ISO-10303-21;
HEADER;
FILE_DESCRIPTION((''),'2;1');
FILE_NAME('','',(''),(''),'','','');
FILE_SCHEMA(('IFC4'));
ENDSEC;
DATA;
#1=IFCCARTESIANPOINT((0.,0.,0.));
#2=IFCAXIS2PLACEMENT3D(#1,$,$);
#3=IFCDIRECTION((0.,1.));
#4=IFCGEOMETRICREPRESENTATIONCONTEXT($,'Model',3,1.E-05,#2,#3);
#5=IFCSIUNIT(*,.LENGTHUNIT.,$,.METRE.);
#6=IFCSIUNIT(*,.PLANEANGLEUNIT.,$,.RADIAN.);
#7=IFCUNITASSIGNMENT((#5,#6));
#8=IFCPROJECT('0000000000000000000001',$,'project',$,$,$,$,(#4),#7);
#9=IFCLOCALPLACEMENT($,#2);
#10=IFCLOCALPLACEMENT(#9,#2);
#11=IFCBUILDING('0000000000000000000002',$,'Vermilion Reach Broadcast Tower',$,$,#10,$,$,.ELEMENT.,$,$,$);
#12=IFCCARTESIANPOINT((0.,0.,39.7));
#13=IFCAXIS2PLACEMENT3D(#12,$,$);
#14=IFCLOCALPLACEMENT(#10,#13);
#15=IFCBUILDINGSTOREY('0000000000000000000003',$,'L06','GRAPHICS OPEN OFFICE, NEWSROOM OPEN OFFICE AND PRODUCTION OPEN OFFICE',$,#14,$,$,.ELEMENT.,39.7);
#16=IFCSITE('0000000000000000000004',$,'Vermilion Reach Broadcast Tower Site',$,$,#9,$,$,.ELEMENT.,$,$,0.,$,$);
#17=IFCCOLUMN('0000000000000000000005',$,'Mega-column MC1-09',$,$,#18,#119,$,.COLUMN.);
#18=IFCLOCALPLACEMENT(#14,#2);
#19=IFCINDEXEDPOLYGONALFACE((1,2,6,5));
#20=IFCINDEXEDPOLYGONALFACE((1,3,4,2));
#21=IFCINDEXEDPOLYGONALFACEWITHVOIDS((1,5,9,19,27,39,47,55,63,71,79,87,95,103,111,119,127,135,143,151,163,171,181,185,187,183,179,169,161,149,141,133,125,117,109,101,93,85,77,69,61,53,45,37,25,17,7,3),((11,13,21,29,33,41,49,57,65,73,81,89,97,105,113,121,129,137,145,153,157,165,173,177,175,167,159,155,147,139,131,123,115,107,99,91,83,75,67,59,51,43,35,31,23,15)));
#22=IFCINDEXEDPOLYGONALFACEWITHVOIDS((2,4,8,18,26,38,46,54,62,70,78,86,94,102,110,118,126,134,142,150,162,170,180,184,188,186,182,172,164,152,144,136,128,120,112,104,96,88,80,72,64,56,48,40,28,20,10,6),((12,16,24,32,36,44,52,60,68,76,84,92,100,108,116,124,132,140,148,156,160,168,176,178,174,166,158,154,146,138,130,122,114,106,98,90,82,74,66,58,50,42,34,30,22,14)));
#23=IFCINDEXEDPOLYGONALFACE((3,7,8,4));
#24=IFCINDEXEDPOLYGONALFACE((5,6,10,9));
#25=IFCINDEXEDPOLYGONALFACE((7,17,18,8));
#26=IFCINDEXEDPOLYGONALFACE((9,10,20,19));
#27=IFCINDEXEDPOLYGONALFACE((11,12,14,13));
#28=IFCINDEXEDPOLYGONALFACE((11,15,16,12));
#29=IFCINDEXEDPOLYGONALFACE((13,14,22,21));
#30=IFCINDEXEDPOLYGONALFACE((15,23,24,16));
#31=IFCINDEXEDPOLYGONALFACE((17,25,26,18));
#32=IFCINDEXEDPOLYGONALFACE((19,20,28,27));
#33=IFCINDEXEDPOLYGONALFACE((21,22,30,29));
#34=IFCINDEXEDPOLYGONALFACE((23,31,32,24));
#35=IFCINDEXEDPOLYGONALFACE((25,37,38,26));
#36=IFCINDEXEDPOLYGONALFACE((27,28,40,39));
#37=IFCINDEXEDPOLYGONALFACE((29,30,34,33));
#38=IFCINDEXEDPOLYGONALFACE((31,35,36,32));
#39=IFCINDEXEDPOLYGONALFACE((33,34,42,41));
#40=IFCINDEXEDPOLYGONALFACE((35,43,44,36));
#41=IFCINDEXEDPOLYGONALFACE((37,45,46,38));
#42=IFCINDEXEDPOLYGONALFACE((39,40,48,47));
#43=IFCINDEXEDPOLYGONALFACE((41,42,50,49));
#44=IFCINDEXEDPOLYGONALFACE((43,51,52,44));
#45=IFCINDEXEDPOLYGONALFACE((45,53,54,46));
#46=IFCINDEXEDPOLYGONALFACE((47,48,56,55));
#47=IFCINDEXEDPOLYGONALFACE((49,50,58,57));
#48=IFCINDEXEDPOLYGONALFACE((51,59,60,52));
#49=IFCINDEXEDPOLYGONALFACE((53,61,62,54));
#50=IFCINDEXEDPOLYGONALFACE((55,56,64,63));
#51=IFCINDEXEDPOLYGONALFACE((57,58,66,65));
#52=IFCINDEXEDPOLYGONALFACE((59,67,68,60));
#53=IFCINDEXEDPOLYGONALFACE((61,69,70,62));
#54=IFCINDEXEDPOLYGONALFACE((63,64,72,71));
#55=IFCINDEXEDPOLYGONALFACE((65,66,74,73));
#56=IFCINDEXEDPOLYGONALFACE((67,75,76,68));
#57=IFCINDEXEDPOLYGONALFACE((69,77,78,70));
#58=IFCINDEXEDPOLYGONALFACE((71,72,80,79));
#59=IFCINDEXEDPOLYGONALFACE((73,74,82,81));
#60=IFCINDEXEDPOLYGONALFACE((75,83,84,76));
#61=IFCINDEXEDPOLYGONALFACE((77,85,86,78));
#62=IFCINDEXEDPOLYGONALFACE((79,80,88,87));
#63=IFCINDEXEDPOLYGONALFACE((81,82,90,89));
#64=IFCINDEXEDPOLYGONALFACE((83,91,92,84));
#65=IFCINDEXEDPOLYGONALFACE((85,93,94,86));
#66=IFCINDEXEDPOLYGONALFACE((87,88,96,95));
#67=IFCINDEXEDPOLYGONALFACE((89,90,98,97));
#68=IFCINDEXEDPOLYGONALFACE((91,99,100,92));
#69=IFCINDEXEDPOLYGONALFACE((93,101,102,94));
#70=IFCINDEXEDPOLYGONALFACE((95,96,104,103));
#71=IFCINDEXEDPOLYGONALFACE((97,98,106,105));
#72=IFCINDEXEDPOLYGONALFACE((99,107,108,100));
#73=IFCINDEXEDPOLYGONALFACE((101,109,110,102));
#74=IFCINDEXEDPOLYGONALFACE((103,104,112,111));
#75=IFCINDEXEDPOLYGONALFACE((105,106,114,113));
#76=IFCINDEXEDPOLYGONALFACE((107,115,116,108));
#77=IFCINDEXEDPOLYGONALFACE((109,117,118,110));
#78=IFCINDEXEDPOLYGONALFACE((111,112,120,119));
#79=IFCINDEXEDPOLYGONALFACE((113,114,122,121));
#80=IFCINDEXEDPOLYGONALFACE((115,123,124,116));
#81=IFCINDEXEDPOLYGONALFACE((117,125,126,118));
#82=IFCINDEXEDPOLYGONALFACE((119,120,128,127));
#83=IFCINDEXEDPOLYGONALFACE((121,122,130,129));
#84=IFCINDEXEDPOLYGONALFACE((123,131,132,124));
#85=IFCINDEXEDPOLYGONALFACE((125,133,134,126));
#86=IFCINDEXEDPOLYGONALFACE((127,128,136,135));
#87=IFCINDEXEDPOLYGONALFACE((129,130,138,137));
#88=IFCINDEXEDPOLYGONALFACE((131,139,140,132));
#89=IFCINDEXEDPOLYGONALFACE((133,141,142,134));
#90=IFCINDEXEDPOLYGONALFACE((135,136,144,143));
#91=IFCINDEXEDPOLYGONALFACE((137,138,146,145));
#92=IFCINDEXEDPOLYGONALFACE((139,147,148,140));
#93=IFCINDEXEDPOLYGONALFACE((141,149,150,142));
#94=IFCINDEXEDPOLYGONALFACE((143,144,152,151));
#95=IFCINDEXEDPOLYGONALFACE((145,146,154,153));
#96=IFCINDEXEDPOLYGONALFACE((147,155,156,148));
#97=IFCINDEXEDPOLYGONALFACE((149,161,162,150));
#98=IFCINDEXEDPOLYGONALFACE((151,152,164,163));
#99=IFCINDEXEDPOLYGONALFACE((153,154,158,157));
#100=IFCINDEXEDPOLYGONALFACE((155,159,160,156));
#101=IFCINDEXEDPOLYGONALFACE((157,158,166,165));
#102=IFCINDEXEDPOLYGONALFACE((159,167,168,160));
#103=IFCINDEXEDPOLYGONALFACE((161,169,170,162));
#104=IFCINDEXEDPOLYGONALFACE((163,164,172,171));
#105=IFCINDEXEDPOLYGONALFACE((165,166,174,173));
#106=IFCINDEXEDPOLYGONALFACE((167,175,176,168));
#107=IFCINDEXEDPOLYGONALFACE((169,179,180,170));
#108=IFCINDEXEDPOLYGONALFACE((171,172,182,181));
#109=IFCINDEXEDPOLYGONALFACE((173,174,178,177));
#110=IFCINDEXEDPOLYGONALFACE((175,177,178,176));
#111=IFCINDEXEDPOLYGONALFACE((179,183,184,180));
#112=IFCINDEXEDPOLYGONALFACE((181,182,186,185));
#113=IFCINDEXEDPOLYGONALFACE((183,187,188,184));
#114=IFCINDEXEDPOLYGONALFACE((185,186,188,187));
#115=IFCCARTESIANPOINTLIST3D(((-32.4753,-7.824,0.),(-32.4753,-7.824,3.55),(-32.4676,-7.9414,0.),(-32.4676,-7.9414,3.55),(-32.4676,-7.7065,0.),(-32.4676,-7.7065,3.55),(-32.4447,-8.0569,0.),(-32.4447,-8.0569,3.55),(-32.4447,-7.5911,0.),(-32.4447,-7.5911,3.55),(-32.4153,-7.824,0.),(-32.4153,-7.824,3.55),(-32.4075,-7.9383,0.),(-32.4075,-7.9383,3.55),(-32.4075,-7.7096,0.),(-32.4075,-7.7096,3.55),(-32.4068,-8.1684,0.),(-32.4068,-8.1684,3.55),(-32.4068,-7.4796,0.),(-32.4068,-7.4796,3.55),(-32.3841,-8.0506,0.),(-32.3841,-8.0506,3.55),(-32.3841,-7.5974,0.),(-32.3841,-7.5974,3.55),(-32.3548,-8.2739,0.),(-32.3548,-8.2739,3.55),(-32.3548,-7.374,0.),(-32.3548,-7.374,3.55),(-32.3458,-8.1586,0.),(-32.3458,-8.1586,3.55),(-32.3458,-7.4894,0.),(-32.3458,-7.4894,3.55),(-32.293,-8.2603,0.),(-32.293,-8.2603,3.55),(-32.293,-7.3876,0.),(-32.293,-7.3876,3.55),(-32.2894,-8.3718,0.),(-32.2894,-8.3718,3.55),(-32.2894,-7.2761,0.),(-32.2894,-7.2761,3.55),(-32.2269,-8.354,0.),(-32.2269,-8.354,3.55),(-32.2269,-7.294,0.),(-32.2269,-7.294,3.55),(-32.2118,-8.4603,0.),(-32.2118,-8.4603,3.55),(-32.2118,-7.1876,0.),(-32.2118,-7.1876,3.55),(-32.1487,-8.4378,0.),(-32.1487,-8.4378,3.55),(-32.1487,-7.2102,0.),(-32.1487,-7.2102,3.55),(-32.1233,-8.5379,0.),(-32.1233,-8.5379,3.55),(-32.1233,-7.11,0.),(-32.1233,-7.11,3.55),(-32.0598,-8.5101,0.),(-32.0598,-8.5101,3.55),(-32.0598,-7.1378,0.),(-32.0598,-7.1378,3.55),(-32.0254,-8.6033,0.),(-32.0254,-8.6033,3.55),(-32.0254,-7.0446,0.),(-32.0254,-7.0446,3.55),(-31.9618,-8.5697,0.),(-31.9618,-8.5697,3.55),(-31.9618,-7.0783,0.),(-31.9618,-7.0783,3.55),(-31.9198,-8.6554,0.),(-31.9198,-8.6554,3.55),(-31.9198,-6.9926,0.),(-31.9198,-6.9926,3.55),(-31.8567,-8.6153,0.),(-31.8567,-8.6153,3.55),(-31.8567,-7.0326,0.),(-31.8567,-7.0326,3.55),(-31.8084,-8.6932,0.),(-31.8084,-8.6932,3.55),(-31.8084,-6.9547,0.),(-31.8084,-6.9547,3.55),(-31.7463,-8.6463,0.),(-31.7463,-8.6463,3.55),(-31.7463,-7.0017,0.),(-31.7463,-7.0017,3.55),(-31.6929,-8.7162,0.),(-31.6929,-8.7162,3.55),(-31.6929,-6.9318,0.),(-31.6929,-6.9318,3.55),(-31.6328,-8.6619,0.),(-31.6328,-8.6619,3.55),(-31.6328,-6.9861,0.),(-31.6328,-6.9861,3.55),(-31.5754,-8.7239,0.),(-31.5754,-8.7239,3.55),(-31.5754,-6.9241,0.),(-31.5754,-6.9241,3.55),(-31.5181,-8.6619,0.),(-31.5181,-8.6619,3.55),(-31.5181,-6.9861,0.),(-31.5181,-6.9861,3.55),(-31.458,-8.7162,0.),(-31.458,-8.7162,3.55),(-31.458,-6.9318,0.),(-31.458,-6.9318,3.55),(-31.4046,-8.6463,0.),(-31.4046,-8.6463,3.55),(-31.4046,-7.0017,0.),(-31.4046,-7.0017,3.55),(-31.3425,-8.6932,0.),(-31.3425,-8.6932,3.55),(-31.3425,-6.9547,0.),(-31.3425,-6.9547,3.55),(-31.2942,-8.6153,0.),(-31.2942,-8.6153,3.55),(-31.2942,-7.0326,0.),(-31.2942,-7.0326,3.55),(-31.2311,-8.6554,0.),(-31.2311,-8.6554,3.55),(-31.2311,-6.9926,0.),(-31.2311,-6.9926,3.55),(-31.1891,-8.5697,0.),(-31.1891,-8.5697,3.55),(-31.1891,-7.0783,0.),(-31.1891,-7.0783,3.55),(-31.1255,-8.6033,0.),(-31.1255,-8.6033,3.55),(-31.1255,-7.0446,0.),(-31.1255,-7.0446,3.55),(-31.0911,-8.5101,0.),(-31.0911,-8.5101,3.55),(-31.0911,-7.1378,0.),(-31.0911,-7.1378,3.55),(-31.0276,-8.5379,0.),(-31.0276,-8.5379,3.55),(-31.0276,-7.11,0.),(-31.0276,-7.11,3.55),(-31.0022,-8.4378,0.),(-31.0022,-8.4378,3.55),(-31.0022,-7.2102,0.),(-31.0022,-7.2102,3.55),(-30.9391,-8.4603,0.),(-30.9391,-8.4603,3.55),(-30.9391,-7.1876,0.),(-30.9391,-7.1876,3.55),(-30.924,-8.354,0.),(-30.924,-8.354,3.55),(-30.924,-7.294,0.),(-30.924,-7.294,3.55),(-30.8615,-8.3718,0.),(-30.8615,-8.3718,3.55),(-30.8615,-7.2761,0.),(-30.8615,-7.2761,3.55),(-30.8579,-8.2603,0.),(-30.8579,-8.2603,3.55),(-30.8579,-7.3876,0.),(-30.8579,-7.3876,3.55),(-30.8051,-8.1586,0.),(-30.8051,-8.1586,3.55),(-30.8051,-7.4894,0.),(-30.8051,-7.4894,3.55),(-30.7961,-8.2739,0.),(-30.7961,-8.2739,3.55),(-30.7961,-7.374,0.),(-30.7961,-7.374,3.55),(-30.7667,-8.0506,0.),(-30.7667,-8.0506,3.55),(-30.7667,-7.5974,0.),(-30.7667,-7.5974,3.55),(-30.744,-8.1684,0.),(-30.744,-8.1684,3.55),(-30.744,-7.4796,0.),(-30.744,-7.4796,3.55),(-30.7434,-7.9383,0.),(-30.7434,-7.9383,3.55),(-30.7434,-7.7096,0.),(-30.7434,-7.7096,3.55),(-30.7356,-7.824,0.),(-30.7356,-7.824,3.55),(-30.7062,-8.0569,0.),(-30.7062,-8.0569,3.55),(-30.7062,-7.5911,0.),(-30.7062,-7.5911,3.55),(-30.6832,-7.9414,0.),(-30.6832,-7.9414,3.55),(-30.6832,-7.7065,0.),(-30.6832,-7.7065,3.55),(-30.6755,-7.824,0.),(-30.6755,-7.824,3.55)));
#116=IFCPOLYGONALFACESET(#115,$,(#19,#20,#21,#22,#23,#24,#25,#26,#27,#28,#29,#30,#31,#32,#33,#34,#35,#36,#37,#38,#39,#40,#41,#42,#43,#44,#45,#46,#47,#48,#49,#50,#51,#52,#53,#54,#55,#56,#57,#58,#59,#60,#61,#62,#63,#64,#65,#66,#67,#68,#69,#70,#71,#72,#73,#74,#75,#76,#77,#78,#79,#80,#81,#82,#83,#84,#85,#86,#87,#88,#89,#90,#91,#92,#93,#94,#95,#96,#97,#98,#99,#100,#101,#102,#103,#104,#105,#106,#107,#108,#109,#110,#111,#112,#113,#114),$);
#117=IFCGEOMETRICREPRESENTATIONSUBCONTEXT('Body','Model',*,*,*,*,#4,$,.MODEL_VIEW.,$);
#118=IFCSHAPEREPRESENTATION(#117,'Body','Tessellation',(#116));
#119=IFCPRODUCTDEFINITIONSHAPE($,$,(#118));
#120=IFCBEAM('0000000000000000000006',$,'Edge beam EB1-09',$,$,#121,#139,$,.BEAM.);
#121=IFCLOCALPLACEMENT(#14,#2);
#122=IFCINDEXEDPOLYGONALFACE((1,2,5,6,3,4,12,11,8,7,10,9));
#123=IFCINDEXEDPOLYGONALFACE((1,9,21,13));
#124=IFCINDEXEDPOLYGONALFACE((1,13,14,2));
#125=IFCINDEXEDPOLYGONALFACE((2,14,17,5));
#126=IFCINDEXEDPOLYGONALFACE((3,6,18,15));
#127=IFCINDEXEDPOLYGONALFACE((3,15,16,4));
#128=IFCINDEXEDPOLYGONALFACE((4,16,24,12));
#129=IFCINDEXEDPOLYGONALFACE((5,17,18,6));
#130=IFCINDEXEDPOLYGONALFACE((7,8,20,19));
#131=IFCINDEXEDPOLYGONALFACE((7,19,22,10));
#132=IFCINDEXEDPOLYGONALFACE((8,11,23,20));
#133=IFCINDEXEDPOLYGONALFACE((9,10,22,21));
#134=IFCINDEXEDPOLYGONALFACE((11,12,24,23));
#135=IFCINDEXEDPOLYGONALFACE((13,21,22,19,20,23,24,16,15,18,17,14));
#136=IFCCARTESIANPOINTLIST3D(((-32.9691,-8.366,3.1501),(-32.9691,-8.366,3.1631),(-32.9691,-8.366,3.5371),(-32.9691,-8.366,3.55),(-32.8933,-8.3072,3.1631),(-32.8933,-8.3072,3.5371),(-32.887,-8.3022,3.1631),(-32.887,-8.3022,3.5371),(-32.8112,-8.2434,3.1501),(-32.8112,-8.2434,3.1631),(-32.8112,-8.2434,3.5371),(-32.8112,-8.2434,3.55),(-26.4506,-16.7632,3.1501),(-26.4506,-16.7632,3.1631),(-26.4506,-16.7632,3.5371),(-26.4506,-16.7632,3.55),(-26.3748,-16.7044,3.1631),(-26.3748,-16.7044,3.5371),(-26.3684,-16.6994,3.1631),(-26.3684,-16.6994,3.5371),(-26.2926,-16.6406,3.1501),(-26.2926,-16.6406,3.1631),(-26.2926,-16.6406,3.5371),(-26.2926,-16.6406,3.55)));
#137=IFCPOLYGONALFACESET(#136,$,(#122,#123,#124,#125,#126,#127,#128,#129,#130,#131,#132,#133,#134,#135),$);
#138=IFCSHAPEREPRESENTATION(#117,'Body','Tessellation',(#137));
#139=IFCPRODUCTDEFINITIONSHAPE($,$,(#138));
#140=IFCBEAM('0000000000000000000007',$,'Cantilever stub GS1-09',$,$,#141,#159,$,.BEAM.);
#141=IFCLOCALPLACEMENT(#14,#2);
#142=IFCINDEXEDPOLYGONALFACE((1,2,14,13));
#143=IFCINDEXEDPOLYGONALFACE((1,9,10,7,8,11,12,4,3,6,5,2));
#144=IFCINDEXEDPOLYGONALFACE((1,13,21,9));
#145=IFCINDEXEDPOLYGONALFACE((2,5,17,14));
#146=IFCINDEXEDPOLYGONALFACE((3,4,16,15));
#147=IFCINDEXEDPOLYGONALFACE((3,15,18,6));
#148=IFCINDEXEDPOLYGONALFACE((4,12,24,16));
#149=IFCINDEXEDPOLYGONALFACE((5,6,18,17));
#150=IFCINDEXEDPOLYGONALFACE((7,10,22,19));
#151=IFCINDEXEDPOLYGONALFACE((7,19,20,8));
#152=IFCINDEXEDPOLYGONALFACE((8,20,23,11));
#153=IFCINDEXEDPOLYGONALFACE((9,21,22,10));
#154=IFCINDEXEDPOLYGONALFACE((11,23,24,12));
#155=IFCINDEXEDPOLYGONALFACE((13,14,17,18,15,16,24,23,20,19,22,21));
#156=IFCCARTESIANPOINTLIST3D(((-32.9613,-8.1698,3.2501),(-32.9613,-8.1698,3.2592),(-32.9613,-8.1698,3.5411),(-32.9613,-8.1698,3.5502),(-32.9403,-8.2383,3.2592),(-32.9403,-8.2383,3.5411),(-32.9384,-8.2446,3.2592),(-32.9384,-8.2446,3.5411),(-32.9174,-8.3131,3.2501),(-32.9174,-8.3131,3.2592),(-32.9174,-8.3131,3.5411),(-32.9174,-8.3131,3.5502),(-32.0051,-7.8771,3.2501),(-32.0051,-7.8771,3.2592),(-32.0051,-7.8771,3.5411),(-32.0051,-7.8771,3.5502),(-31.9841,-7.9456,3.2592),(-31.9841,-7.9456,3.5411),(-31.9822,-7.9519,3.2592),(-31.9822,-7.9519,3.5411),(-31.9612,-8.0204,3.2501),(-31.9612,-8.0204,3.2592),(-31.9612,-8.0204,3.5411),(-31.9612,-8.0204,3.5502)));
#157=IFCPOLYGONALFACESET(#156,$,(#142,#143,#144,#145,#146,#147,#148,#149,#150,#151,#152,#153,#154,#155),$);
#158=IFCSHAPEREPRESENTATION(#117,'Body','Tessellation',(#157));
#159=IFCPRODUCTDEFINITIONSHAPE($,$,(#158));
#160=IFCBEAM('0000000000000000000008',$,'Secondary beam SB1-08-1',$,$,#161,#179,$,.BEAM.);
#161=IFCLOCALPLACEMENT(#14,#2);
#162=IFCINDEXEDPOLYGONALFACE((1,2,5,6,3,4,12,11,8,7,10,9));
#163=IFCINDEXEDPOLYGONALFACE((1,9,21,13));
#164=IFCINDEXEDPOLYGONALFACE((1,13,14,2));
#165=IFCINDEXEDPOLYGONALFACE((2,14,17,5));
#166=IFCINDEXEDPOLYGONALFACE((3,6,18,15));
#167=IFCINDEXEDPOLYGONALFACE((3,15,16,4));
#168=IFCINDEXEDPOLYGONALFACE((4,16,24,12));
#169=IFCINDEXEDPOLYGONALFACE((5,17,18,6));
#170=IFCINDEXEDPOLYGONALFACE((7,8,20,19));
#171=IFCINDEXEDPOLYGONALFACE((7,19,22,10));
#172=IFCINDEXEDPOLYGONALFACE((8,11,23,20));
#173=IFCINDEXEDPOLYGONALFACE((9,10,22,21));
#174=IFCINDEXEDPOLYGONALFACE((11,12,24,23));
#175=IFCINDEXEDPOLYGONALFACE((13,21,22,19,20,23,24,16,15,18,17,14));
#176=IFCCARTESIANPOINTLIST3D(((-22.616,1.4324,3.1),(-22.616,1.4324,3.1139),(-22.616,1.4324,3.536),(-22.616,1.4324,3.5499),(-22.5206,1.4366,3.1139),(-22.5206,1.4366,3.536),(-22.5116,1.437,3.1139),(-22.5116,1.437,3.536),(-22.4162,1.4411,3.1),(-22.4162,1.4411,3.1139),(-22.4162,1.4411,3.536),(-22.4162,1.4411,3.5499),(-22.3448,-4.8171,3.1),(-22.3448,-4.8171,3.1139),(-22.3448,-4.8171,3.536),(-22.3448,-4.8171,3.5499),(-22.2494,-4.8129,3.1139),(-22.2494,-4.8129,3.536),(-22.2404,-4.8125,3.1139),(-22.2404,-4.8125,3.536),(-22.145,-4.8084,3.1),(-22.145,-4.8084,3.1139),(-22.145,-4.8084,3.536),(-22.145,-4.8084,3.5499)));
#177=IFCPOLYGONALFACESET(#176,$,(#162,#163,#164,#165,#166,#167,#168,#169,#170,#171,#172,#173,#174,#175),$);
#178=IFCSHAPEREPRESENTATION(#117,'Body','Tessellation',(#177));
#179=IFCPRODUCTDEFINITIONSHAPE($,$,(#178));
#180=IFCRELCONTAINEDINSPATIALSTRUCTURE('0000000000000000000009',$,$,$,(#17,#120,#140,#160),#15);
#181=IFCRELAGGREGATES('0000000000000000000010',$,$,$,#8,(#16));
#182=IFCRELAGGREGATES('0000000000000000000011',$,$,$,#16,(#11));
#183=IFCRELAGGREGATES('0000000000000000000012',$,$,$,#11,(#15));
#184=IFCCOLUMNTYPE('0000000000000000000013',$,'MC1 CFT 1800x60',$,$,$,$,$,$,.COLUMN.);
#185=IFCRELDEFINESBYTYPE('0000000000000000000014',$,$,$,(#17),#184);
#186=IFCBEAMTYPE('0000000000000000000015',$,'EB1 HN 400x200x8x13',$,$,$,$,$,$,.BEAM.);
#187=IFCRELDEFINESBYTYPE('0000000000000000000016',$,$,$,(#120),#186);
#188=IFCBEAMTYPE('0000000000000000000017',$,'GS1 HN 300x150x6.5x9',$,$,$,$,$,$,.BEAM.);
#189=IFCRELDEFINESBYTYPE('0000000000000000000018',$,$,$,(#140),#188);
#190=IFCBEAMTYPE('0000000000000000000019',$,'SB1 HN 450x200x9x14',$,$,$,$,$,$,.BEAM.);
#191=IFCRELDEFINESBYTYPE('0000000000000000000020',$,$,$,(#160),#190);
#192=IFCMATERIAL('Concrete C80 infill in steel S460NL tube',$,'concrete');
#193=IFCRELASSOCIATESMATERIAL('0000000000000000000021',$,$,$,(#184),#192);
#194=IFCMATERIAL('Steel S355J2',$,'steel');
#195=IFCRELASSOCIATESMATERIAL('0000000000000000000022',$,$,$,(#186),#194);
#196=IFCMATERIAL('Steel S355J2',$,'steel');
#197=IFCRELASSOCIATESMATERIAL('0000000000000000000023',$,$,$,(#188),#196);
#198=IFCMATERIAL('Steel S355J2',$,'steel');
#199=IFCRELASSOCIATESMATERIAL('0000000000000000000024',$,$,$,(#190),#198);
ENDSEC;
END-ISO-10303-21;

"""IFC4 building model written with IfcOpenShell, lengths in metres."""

from ifc_helpers import new_model, si_unit, direction, frame, origin, origin_2d, place, context, subcontext, project, spatial, hollow_circle, i_section, extrude, material, material_profile, profile_set, type_object, element, save


model = new_model("IFC4")

# Units and contexts
model_context = context("Model", 3, precision=1e-05, world=origin(), true_north=direction((0.0, 1.0)))
body_context = subcontext(model_context, "Body", "Model", "MODEL_VIEW")
ifc_project = project(units=[si_unit("LENGTHUNIT", "METRE"), si_unit("PLANEANGLEUNIT", "RADIAN")], contexts=[model_context])

# Site, building, storey
site_placement = place(None, origin())
site = spatial("IfcSite", under=ifc_project, at=site_placement, Name="Vermilion Reach Broadcast Tower Site", CompositionType="ELEMENT", RefElevation=0.0)
building_placement = place(site_placement, origin())
building = spatial("IfcBuilding", under=site, at=building_placement, Name="Vermilion Reach Broadcast Tower", CompositionType="ELEMENT")
storey_placement = place(building_placement, frame((0.0, 0.0, 39.7)))
storey = spatial("IfcBuildingStorey", under=building, at=storey_placement, Name="L06", Description="GRAPHICS OPEN OFFICE, NEWSROOM OPEN OFFICE AND PRODUCTION OPEN OFFICE", CompositionType="ELEMENT", Elevation=39.7)

# Column
ifc_material_1 = material(Name="Concrete C80 infill in steel S460NL tube", Category="concrete")
ifc_material_profile_1 = material_profile(ifc_material_1, hollow_circle(Radius=0.8999, WallThickness=0.0601, at=origin_2d()), Name="Concrete C80 infill in steel S460NL tube CFT 1800x60")
ifc_profile_set_1 = profile_set([ifc_material_profile_1], Name="Concrete C80 infill in steel S460NL tube")
column_type = type_object("IfcColumnType", Name="MC1 CFT 1800x60", PredefinedType="COLUMN", material=ifc_profile_set_1)
column_placement = place(storey_placement, frame((-31.5754, -7.824, 0.0), z_axis=(0.0, 0.0, 1.0), x_axis=(1.0, 0.0, 0.0)))
element("IfcColumn", 1, at=column_placement, inside=storey, type_object=column_type, Name="Mega-column MC1-09", PredefinedType="COLUMN", context=body_context, shape_type="SweptSolid", body=[
    extrude(hollow_circle(Radius=0.8999, WallThickness=0.0601, at=origin_2d()), origin(), (0.0, 0.0, 1.0), 3.55),
])

# Beams
ifc_material_2 = material(Name="Steel S355J2", Category="steel")
ifc_material_profile_2 = material_profile(ifc_material_2, i_section(OverallWidth=0.2, OverallDepth=0.3999, WebThickness=0.0081, FlangeThickness=0.0129, at=origin_2d()), Name="S355J2 HN 400x200x8x13")
ifc_profile_set_2 = profile_set([ifc_material_profile_2], Name="Steel S355J2")
beam_type_1 = type_object("IfcBeamType", Name="EB1 HN 400x200x8x13", PredefinedType="BEAM", material=ifc_profile_set_2)
beam_1_placement = place(storey_placement, frame((-32.8901, -8.3047, 3.3501), z_axis=(0.613201, -0.789927, 0.0), x_axis=(0.789927, 0.613201, 0.0)))
element("IfcBeam", 2, at=beam_1_placement, inside=storey, type_object=beam_type_1, Name="Edge beam EB1-09", PredefinedType="BEAM", context=body_context, shape_type="SweptSolid", body=[
    extrude(i_section(OverallWidth=0.2, OverallDepth=0.3999, WebThickness=0.0081, FlangeThickness=0.0129, at=origin_2d()), origin(), (0.0, 0.0, 1.0), 10.6304),
])
ifc_material_3 = material(Name="Steel S355J2", Category="steel")
ifc_material_profile_3 = material_profile(ifc_material_3, i_section(OverallWidth=0.1499, OverallDepth=0.3, WebThickness=0.0066, FlangeThickness=0.009, at=origin_2d()), Name="S355J2 HN 300x150x6.5x9")
ifc_profile_set_3 = profile_set([ifc_material_profile_3], Name="Steel S355J2")
beam_type_2 = type_object("IfcBeamType", Name="GS1 HN 300x150x6.5x9", PredefinedType="BEAM", material=ifc_profile_set_3)
beam_2_placement = place(storey_placement, frame((-31.9832, -7.9487, 3.4001), z_axis=(-0.956206, -0.292696, 0.0), x_axis=(0.292696, -0.956206, 0.0)))
element("IfcBeam", 3, at=beam_2_placement, inside=storey, type_object=beam_type_2, Name="Cantilever stub GS1-09", PredefinedType="BEAM", context=body_context, shape_type="SweptSolid", body=[
    extrude(i_section(OverallWidth=0.1499, OverallDepth=0.3, WebThickness=0.0066, FlangeThickness=0.009, at=origin_2d()), origin(), (0.0, 0.0, 1.0), 1.0),
])
ifc_material_4 = material(Name="Steel S355J2", Category="steel")
ifc_material_profile_4 = material_profile(ifc_material_4, i_section(OverallWidth=0.2, OverallDepth=0.45, WebThickness=0.009, FlangeThickness=0.0139, at=origin_2d()), Name="S355J2 HN 450x200x9x14")
ifc_profile_set_4 = profile_set([ifc_material_profile_4], Name="Steel S355J2")
beam_type_3 = type_object("IfcBeamType", Name="SB1 HN 450x200x9x14", PredefinedType="BEAM", material=ifc_profile_set_4)
beam_3_placement = place(storey_placement, frame((-22.5161, 1.4368, 3.325), z_axis=(0.043361, -0.999059, 0.0), x_axis=(0.999059, 0.043361, 0.0)))
element("IfcBeam", 4, at=beam_3_placement, inside=storey, type_object=beam_type_3, Name="Secondary beam SB1-08-1", PredefinedType="BEAM", context=body_context, shape_type="SweptSolid", body=[
    extrude(i_section(OverallWidth=0.2, OverallDepth=0.45, WebThickness=0.009, FlangeThickness=0.0139, at=origin_2d()), origin(), (0.0, 0.0, 1.0), 6.2554),
])

save(model, "model.ifc")
